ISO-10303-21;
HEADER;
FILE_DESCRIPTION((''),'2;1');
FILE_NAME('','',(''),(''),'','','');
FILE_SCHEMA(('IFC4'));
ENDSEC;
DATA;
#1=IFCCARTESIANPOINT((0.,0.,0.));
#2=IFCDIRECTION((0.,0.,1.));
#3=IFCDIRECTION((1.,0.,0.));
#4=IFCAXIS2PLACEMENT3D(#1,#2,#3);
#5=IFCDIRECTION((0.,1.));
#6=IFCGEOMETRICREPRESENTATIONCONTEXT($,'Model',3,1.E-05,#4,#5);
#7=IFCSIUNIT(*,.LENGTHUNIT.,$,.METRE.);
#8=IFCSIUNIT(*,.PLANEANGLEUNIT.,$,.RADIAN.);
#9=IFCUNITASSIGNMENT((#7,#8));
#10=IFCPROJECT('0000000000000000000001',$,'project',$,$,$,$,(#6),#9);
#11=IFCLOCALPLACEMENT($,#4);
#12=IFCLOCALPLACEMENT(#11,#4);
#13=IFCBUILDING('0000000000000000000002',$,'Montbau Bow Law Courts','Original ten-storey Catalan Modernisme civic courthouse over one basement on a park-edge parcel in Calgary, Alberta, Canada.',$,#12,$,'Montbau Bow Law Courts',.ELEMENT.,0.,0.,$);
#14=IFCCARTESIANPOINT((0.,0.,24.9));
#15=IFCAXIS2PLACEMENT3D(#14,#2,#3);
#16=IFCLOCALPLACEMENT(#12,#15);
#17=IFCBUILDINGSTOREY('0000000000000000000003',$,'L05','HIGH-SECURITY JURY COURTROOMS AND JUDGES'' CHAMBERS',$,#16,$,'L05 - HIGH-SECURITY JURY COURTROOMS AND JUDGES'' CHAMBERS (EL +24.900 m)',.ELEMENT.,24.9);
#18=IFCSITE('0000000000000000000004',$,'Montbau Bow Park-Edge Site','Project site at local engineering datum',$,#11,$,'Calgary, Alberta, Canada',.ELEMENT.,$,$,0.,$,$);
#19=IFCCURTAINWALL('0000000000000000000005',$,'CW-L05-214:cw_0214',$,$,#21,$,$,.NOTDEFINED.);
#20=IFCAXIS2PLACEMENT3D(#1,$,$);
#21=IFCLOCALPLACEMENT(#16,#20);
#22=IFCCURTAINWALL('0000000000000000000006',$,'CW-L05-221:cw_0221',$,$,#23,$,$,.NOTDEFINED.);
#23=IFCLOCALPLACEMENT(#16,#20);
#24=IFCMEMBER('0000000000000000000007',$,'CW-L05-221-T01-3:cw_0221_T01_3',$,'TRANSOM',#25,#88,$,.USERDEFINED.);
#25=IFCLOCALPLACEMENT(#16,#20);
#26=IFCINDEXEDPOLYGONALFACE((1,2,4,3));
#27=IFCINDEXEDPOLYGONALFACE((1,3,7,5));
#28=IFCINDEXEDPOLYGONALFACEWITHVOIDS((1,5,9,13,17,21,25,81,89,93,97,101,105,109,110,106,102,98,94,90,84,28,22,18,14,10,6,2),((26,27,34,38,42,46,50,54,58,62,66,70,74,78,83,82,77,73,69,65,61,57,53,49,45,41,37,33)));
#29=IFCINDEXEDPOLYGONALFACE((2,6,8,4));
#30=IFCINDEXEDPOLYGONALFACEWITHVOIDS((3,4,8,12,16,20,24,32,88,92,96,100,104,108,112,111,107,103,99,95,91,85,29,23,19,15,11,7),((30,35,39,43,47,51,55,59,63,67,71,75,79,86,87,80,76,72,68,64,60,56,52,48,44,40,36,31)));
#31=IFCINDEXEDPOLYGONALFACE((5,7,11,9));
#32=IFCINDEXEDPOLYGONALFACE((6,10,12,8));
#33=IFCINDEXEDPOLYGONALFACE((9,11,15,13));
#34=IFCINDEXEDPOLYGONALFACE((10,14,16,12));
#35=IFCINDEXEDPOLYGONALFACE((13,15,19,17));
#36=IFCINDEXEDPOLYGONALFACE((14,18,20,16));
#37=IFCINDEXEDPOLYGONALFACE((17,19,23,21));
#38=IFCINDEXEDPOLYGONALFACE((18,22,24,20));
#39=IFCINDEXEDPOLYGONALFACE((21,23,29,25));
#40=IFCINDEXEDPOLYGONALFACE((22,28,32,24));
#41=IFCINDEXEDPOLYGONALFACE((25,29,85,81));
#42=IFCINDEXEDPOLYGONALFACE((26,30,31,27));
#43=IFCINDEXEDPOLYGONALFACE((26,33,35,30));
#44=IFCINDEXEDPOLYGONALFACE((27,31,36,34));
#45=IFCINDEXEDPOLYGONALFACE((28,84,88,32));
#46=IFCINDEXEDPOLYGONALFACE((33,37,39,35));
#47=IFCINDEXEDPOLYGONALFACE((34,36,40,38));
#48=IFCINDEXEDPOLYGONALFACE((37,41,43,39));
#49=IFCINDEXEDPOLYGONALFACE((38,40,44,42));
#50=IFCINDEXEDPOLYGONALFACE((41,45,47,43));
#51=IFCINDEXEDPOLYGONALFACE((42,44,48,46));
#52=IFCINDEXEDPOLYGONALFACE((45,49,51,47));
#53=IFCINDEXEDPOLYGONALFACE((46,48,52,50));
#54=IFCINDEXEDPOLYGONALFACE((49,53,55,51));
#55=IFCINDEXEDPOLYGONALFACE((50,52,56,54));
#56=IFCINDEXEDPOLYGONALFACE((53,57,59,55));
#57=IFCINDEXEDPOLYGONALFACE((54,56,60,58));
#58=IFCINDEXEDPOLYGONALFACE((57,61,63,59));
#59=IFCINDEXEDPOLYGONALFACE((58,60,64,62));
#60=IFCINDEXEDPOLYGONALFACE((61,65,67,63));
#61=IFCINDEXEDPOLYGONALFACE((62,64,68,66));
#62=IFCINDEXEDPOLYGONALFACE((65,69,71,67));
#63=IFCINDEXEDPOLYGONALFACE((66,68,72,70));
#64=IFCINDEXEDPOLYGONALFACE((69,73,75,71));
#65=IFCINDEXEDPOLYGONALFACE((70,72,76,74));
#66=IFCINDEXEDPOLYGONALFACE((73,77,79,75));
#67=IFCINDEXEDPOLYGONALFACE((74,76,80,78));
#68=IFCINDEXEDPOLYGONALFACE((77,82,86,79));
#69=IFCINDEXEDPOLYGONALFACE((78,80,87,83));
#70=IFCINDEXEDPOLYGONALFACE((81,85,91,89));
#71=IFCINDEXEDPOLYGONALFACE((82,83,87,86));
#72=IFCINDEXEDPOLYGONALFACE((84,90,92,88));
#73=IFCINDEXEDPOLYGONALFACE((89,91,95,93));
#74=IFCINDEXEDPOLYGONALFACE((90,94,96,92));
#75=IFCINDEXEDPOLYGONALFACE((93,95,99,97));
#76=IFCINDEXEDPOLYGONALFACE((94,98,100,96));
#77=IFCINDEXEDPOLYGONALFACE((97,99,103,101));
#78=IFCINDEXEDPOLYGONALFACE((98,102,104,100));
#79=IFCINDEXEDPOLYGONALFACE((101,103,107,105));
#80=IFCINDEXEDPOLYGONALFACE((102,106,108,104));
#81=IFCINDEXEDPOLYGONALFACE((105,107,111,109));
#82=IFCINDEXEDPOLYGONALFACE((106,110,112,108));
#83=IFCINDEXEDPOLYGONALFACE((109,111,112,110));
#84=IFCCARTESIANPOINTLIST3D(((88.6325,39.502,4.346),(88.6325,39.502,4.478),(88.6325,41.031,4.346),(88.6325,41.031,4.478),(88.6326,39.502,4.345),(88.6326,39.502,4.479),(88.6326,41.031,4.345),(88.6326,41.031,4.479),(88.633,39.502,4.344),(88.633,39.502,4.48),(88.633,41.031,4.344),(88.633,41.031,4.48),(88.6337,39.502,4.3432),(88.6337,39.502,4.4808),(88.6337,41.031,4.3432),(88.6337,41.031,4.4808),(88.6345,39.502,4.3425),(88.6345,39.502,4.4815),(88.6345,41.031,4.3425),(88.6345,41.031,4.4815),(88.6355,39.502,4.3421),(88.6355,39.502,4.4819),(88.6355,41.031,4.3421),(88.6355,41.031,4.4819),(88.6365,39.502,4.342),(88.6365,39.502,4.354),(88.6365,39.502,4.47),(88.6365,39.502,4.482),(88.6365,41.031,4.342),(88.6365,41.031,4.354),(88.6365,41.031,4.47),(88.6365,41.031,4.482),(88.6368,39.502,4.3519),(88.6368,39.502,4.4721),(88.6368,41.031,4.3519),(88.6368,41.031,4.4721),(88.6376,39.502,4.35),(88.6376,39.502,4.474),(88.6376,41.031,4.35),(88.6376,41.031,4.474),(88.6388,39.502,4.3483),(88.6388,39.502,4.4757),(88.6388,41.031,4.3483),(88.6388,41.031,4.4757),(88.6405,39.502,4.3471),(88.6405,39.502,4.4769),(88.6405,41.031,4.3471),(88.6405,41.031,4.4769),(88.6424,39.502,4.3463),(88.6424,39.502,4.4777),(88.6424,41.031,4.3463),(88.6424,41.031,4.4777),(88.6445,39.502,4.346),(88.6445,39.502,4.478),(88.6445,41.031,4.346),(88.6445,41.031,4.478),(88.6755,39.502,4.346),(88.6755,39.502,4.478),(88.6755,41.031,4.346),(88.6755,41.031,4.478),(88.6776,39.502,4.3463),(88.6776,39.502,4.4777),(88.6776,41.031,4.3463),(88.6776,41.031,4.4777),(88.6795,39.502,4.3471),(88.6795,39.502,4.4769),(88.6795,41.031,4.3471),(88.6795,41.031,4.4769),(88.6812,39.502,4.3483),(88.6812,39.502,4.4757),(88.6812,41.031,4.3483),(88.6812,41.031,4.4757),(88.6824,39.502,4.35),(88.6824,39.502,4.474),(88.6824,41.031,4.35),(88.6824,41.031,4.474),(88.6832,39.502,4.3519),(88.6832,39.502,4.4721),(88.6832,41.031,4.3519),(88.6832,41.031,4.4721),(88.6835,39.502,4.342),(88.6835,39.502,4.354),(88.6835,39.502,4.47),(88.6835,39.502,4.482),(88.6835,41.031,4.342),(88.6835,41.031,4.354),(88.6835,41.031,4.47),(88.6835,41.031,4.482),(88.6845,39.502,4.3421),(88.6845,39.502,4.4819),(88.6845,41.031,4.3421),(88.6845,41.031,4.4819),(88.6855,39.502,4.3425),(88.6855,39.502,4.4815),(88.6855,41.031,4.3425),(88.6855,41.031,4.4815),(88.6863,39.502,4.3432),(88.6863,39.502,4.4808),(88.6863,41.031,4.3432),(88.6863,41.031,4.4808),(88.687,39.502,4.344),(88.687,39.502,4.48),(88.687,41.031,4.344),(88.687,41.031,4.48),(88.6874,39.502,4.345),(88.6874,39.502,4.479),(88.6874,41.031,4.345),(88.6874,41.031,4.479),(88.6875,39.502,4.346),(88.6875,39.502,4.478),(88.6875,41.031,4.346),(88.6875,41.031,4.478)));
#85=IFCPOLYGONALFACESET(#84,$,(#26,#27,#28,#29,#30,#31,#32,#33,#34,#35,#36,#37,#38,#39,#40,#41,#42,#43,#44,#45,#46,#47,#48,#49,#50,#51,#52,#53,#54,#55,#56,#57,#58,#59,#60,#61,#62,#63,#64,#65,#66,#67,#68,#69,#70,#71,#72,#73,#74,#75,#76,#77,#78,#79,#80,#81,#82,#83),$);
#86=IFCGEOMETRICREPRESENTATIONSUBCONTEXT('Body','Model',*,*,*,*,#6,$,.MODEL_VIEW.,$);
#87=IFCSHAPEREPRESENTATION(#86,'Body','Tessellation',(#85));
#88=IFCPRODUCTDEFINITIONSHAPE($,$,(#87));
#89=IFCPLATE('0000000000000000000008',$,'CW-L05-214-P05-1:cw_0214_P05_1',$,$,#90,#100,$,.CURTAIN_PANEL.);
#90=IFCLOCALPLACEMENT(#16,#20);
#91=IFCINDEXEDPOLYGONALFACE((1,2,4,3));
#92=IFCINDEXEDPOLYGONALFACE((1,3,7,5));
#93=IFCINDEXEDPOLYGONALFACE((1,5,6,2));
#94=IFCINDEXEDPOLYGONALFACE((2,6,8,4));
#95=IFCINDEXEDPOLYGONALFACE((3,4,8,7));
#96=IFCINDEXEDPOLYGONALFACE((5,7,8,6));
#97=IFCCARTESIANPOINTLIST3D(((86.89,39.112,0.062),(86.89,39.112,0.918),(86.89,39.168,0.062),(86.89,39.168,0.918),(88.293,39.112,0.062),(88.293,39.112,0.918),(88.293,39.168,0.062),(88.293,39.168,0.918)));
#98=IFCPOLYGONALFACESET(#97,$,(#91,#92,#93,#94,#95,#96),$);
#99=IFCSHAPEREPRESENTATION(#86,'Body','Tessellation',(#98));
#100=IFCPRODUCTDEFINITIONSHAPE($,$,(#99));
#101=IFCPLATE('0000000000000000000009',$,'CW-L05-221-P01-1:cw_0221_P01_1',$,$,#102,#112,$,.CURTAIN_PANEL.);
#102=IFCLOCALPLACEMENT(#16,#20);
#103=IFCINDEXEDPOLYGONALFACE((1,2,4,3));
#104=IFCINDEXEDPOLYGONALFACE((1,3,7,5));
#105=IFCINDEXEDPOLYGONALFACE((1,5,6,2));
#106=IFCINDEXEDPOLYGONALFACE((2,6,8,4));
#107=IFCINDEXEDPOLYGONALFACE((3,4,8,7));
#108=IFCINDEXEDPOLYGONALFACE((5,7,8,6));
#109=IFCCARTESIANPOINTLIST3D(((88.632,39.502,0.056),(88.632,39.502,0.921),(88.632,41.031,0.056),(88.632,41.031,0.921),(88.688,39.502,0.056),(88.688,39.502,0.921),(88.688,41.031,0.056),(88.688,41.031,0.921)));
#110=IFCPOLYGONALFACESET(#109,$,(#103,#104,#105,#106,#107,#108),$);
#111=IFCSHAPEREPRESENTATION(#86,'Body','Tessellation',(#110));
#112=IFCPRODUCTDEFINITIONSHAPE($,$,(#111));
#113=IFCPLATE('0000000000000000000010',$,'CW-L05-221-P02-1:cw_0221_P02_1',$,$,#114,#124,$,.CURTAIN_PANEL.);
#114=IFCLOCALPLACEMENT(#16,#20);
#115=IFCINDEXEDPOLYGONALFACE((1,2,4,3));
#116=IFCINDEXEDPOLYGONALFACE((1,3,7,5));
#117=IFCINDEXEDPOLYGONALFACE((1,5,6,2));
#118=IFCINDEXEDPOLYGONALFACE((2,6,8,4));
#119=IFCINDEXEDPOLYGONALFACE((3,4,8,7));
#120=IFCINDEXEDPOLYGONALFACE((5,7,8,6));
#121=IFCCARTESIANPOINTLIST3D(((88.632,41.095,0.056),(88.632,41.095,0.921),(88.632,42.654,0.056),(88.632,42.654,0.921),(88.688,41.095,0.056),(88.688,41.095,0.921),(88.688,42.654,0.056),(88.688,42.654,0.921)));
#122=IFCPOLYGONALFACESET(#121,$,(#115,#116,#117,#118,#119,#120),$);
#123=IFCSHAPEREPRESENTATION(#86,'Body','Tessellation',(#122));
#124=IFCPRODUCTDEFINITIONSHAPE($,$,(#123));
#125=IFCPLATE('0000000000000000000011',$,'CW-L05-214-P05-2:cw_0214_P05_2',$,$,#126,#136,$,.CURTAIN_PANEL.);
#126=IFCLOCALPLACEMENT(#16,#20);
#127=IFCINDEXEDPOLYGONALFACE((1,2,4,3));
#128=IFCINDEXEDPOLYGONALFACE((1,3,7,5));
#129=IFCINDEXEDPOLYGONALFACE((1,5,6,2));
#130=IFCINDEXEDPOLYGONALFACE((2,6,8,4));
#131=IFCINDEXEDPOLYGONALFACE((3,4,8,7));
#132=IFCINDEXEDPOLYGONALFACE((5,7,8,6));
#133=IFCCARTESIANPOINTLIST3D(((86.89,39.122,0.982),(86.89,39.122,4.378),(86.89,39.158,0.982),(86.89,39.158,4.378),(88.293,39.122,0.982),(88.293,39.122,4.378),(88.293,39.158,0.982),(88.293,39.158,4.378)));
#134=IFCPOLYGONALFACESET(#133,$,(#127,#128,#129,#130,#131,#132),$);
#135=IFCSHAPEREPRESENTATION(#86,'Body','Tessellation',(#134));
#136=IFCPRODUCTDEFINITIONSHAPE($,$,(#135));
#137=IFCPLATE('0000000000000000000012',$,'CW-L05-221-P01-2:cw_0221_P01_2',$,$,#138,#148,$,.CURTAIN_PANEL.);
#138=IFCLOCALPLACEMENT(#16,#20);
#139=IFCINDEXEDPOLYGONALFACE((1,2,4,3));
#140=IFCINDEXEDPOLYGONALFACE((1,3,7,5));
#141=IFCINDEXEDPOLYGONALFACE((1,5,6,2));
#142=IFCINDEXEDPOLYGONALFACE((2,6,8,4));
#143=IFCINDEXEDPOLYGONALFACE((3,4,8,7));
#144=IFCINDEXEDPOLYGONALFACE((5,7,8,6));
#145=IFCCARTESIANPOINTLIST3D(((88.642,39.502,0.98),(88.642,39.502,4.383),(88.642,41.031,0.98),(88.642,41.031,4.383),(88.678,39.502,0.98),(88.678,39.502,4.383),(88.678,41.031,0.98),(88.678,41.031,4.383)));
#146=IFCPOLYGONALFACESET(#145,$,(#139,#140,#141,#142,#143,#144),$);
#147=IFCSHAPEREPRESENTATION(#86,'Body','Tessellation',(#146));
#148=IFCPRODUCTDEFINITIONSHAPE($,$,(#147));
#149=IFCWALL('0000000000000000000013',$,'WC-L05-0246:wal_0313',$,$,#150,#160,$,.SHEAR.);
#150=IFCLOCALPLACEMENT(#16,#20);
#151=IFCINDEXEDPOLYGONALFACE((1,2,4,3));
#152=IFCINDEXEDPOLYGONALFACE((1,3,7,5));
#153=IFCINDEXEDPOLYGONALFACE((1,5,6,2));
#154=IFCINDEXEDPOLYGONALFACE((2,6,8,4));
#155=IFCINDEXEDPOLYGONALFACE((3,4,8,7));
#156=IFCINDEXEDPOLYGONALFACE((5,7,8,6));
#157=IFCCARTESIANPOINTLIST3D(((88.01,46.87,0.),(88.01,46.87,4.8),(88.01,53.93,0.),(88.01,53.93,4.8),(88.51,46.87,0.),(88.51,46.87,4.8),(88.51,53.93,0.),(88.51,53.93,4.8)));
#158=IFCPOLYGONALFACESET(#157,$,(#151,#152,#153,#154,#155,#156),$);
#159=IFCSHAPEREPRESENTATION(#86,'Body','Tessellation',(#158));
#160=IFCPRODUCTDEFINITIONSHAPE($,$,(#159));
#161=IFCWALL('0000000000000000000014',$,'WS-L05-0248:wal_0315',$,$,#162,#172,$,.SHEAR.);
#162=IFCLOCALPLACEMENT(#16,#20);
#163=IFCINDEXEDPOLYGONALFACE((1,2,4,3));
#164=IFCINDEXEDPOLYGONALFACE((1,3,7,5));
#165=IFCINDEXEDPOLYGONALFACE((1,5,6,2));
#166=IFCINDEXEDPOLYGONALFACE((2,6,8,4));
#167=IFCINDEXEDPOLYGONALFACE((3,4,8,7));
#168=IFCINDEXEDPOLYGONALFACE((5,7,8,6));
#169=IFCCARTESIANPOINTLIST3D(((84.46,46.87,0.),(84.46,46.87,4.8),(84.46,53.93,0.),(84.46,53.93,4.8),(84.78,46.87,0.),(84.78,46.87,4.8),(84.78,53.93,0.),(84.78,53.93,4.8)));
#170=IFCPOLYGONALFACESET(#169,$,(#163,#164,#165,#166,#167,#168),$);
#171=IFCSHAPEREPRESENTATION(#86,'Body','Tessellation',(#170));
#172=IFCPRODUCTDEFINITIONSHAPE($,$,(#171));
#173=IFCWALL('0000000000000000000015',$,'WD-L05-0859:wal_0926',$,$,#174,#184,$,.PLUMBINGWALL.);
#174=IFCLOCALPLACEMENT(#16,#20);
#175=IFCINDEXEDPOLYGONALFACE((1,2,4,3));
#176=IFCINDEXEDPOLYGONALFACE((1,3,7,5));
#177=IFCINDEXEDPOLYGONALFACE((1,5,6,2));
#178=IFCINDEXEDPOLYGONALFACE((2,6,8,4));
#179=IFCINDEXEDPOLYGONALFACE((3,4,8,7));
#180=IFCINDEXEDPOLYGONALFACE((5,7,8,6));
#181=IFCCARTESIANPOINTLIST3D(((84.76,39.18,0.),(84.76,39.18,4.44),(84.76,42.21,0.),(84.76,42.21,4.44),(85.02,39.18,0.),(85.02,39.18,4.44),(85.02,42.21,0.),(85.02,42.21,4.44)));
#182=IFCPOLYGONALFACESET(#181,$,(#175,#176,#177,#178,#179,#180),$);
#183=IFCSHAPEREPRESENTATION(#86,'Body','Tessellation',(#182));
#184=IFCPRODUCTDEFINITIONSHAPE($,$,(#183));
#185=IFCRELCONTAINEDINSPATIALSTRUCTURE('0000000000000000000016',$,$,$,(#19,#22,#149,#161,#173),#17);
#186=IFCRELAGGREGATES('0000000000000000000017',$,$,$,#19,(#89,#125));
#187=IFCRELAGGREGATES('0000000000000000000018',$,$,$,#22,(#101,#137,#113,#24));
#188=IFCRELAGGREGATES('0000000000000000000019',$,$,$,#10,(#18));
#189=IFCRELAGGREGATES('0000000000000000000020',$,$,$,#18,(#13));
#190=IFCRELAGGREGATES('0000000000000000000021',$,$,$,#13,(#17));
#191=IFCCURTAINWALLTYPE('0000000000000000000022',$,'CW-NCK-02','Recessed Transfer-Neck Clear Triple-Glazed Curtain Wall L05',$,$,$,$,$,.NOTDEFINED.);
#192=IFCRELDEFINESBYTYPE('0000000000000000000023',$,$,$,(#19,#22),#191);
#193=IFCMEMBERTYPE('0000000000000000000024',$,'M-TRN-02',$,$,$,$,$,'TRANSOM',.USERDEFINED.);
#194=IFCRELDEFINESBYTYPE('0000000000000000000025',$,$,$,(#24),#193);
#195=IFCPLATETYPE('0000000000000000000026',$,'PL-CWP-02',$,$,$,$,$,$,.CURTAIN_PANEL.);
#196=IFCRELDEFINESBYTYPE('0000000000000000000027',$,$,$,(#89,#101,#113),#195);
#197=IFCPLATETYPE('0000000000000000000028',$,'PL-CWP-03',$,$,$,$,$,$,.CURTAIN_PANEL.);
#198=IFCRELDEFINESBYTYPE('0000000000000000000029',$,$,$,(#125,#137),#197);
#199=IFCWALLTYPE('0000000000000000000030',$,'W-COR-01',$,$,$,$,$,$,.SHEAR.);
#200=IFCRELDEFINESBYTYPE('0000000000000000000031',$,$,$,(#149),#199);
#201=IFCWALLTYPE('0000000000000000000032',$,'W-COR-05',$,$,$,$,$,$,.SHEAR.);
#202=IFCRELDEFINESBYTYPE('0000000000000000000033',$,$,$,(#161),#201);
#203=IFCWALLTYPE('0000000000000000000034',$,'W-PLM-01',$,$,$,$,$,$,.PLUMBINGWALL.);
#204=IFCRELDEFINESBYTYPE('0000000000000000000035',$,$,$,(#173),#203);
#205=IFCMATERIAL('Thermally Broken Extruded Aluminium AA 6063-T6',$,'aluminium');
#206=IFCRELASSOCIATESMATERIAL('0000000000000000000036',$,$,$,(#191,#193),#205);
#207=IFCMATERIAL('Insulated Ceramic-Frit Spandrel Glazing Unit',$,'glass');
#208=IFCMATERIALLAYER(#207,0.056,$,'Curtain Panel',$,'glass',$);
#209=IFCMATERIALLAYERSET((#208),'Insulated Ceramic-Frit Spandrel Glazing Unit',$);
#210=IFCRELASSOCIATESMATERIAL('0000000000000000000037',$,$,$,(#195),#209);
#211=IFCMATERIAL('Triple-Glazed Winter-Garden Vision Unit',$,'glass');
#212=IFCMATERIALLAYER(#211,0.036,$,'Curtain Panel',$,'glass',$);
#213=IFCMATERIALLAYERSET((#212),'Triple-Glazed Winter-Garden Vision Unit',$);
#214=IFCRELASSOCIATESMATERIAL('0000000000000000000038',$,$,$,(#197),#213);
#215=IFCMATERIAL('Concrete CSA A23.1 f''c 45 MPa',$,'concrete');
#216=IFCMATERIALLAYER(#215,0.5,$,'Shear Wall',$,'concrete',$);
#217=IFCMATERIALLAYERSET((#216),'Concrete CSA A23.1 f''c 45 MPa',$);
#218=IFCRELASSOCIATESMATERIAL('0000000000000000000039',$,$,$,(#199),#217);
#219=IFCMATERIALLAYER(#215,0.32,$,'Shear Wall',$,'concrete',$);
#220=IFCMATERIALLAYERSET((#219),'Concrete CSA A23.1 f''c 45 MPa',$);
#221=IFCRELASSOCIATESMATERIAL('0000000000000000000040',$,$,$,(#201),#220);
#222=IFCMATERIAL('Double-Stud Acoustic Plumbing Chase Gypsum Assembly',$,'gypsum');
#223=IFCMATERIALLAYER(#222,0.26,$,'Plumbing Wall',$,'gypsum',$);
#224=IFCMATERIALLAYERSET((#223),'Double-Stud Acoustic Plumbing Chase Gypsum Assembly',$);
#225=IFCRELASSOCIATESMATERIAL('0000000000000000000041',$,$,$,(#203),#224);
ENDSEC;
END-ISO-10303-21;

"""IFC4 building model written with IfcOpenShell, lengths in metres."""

from ifc_helpers import new_model, si_unit, direction, frame, frame_2d, origin_with_axes, origin_2d_with_axis, place, context, subcontext, project, spatial, rectangle, hollow_rectangle, extrude, material, layer, layer_set, material_profile, profile_set, type_object, element, aggregate, save


model = new_model("IFC4")

# Units and contexts
model_context = context("Model", 3, precision=1e-05, world=origin_with_axes(), true_north=direction((0.0, 1.0)))
body_context = subcontext(model_context, "Body", "Model", "MODEL_VIEW")
ifc_project = project(units=[si_unit("LENGTHUNIT", "METRE"), si_unit("PLANEANGLEUNIT", "RADIAN")], contexts=[model_context])

# Site, building, storey
site_placement = place(None, origin_with_axes())
site = spatial("IfcSite", under=ifc_project, at=site_placement, Name="Montbau Bow Park-Edge Site", Description="Project site at local engineering datum", LongName="Calgary, Alberta, Canada", CompositionType="ELEMENT", RefElevation=0.0)
building_placement = place(site_placement, origin_with_axes())
building = spatial("IfcBuilding", under=site, at=building_placement, Name="Montbau Bow Law Courts", Description="Original ten-storey Catalan Modernisme civic courthouse over one basement on a park-edge parcel in Calgary, Alberta, Canada.", LongName="Montbau Bow Law Courts", CompositionType="ELEMENT", ElevationOfRefHeight=0.0, ElevationOfTerrain=0.0)
storey_placement = place(building_placement, frame((0.0, 0.0, 24.9), z_axis=(0.0, 0.0, 1.0), x_axis=(1.0, 0.0, 0.0)))
storey = spatial("IfcBuildingStorey", under=building, at=storey_placement, Name="L05", Description="HIGH-SECURITY JURY COURTROOMS AND JUDGES' CHAMBERS", LongName="L05 - HIGH-SECURITY JURY COURTROOMS AND JUDGES' CHAMBERS (EL +24.900 m)", CompositionType="ELEMENT", Elevation=24.9)

# Curtain wall
ifc_material_1 = material(Name="Thermally Broken Extruded Aluminium AA 6063-T6", Category="aluminium")
curtain_wall_type = type_object("IfcCurtainWallType", Name="CW-NCK-02", Description="Recessed Transfer-Neck Clear Triple-Glazed Curtain Wall L05", PredefinedType="NOTDEFINED", material=ifc_material_1)
curtain_wall_1_placement = place(None, frame((80.84, 39.14, 24.9), z_axis=(0.0, 0.0, 1.0), x_axis=(1.0, 0.0, 0.0)))
curtain_wall_1 = element("IfcCurtainWall", 1, at=curtain_wall_1_placement, inside=storey, type_object=curtain_wall_type, Name="CW-L05-214:cw_0214", PredefinedType="NOTDEFINED")

# Curtain wall
curtain_wall_2_placement = place(None, frame((88.66, 39.44, 24.9), z_axis=(0.0, 0.0, 1.0), x_axis=(1.0, 0.0, 0.0)))
curtain_wall_2 = element("IfcCurtainWall", 2, at=curtain_wall_2_placement, inside=storey, type_object=curtain_wall_type, Name="CW-L05-221:cw_0221", PredefinedType="NOTDEFINED")

# Member
ifc_material_profile_1 = material_profile(ifc_material_1, hollow_rectangle(XDim=0.055, YDim=0.14, WallThickness=0.004, InnerFilletRadius=0.008, OuterFilletRadius=0.004, at=origin_2d_with_axis()), Name="CWT-140X55", Category="Main", Priority=0)
ifc_profile_set_1 = profile_set([ifc_material_profile_1], Name="Thermally Broken Extruded Aluminium AA 6063-T6")
member_type_1 = type_object("IfcMemberType", Name="M-TRN-02", ElementType="TRANSOM", PredefinedType="USERDEFINED", material=ifc_profile_set_1)
member_1_placement = place(None, frame((88.66, 39.502, 29.312), z_axis=(0.0, 1.0, 0.0), x_axis=(-1.0, 0.0, 0.0)))
member_1 = element("IfcMember", 3, at=member_1_placement, type_object=member_type_1, Name="CW-L05-221-T01-3:cw_0221_T01_3", ObjectType="TRANSOM", PredefinedType="USERDEFINED", context=body_context, shape_type="SweptSolid", body=[
    extrude(hollow_rectangle(XDim=0.055, YDim=0.14, WallThickness=0.004, InnerFilletRadius=0.008, OuterFilletRadius=0.004, at=origin_2d_with_axis()), origin_with_axes(), (0.0, 0.0, 1.0), 1.529),
])

# Plates
ifc_material_2 = material(Name="Insulated Ceramic-Frit Spandrel Glazing Unit", Category="glass")
ifc_layer_1 = layer(ifc_material_2, 0.056, Name="Curtain Panel", Category="glass")
ifc_layer_set_1 = layer_set([ifc_layer_1], Name="Insulated Ceramic-Frit Spandrel Glazing Unit")
plate_type_1 = type_object("IfcPlateType", Name="PL-CWP-02", PredefinedType="CURTAIN_PANEL", material=ifc_layer_set_1)
plate_1_placement = place(None, frame((86.89, 39.14, 24.962), z_axis=(0.0, -1.0, 0.0), x_axis=(1.0, 0.0, 0.0)))
plate_1 = element("IfcPlate", 4, at=plate_1_placement, type_object=plate_type_1, Name="CW-L05-214-P05-1:cw_0214_P05_1", PredefinedType="CURTAIN_PANEL", context=body_context, shape_type="SweptSolid", body=[
    extrude(rectangle(XDim=1.403, YDim=0.856, at=frame_2d((0.7015, 0.428), x_axis=(1.0, 0.0))), frame((0.0, 0.0, -0.028), z_axis=(0.0, 0.0, 1.0), x_axis=(1.0, 0.0, 0.0)), (0.0, 0.0, 1.0), 0.056),
])
plate_2_placement = place(None, frame((88.66, 39.502, 24.956), z_axis=(1.0, 0.0, 0.0), x_axis=(0.0, 1.0, 0.0)))
plate_2 = element("IfcPlate", 5, at=plate_2_placement, type_object=plate_type_1, Name="CW-L05-221-P01-1:cw_0221_P01_1", PredefinedType="CURTAIN_PANEL", context=body_context, shape_type="SweptSolid", body=[
    extrude(rectangle(XDim=1.529, YDim=0.865, at=frame_2d((0.7645, 0.4325), x_axis=(1.0, 0.0))), frame((0.0, 0.0, -0.028), z_axis=(0.0, 0.0, 1.0), x_axis=(1.0, 0.0, 0.0)), (0.0, 0.0, 1.0), 0.056),
])
plate_3_placement = place(None, frame((88.66, 41.095, 24.956), z_axis=(1.0, 0.0, 0.0), x_axis=(0.0, 1.0, 0.0)))
plate_3 = element("IfcPlate", 6, at=plate_3_placement, type_object=plate_type_1, Name="CW-L05-221-P02-1:cw_0221_P02_1", PredefinedType="CURTAIN_PANEL", context=body_context, shape_type="SweptSolid", body=[
    extrude(rectangle(XDim=1.559, YDim=0.865, at=frame_2d((0.7795, 0.4325), x_axis=(1.0, 0.0))), frame((0.0, 0.0, -0.028), z_axis=(0.0, 0.0, 1.0), x_axis=(1.0, 0.0, 0.0)), (0.0, 0.0, 1.0), 0.056),
])
ifc_material_3 = material(Name="Triple-Glazed Winter-Garden Vision Unit", Category="glass")
ifc_layer_2 = layer(ifc_material_3, 0.036, Name="Curtain Panel", Category="glass")
ifc_layer_set_2 = layer_set([ifc_layer_2], Name="Triple-Glazed Winter-Garden Vision Unit")
plate_type_2 = type_object("IfcPlateType", Name="PL-CWP-03", PredefinedType="CURTAIN_PANEL", material=ifc_layer_set_2)
plate_4_placement = place(None, frame((86.89, 39.14, 25.882), z_axis=(0.0, -1.0, 0.0), x_axis=(1.0, 0.0, 0.0)))
plate_4 = element("IfcPlate", 7, at=plate_4_placement, type_object=plate_type_2, Name="CW-L05-214-P05-2:cw_0214_P05_2", PredefinedType="CURTAIN_PANEL", context=body_context, shape_type="SweptSolid", body=[
    extrude(rectangle(XDim=1.403, YDim=3.396, at=frame_2d((0.7015, 1.698), x_axis=(1.0, 0.0))), frame((0.0, 0.0, -0.018), z_axis=(0.0, 0.0, 1.0), x_axis=(1.0, 0.0, 0.0)), (0.0, 0.0, 1.0), 0.036),
])
aggregate(curtain_wall_1, [plate_1, plate_4])
plate_5_placement = place(None, frame((88.66, 39.502, 25.88), z_axis=(1.0, 0.0, 0.0), x_axis=(0.0, 1.0, 0.0)))
plate_5 = element("IfcPlate", 8, at=plate_5_placement, type_object=plate_type_2, Name="CW-L05-221-P01-2:cw_0221_P01_2", PredefinedType="CURTAIN_PANEL", context=body_context, shape_type="SweptSolid", body=[
    extrude(rectangle(XDim=1.529, YDim=3.403, at=frame_2d((0.7645, 1.7015), x_axis=(1.0, 0.0))), frame((0.0, 0.0, -0.018), z_axis=(0.0, 0.0, 1.0), x_axis=(1.0, 0.0, 0.0)), (0.0, 0.0, 1.0), 0.036),
])
aggregate(curtain_wall_2, [plate_2, plate_5, plate_3, member_1])

# Walls
ifc_material_4 = material(Name="Concrete CSA A23.1 f'c 45 MPa", Category="concrete")
ifc_layer_3 = layer(ifc_material_4, 0.5, Name="Shear Wall", Category="concrete")
ifc_layer_set_3 = layer_set([ifc_layer_3], Name="Concrete CSA A23.1 f'c 45 MPa")
wall_type_1 = type_object("IfcWallType", Name="W-COR-01", PredefinedType="SHEAR", material=ifc_layer_set_3)
wall_1_placement = place(None, frame((88.26, 46.87, 24.9), z_axis=(0.0, 0.0, 1.0), x_axis=(0.0, 1.0, 0.0)))
element("IfcWall", 9, at=wall_1_placement, inside=storey, type_object=wall_type_1, Name="WC-L05-0246:wal_0313", PredefinedType="SHEAR", context=body_context, shape_type="SweptSolid", body=[
    extrude(rectangle(XDim=7.06, YDim=0.5, at=frame_2d((3.53, 0.0), x_axis=(1.0, 0.0))), origin_with_axes(), (0.0, 0.0, 1.0), 4.8),
])
ifc_layer_4 = layer(ifc_material_4, 0.32, Name="Shear Wall", Category="concrete")
ifc_layer_set_4 = layer_set([ifc_layer_4], Name="Concrete CSA A23.1 f'c 45 MPa")
wall_type_2 = type_object("IfcWallType", Name="W-COR-05", PredefinedType="SHEAR", material=ifc_layer_set_4)
wall_2_placement = place(None, frame((84.62, 46.87, 24.9), z_axis=(0.0, 0.0, 1.0), x_axis=(0.0, 1.0, 0.0)))
element("IfcWall", 10, at=wall_2_placement, inside=storey, type_object=wall_type_2, Name="WS-L05-0248:wal_0315", PredefinedType="SHEAR", context=body_context, shape_type="SweptSolid", body=[
    extrude(rectangle(XDim=7.06, YDim=0.32, at=frame_2d((3.53, 0.0), x_axis=(1.0, 0.0))), origin_with_axes(), (0.0, 0.0, 1.0), 4.8),
])
ifc_material_5 = material(Name="Double-Stud Acoustic Plumbing Chase Gypsum Assembly", Category="gypsum")
ifc_layer_5 = layer(ifc_material_5, 0.26, Name="Plumbing Wall", Category="gypsum")
ifc_layer_set_5 = layer_set([ifc_layer_5], Name="Double-Stud Acoustic Plumbing Chase Gypsum Assembly")
wall_type_3 = type_object("IfcWallType", Name="W-PLM-01", PredefinedType="PLUMBINGWALL", material=ifc_layer_set_5)
wall_3_placement = place(None, frame((84.89, 39.18, 24.9), z_axis=(0.0, 0.0, 1.0), x_axis=(0.0, 1.0, 0.0)))
element("IfcWall", 11, at=wall_3_placement, inside=storey, type_object=wall_type_3, Name="WD-L05-0859:wal_0926", PredefinedType="PLUMBINGWALL", context=body_context, shape_type="SweptSolid", body=[
    extrude(rectangle(XDim=3.03, YDim=0.26, at=frame_2d((1.515, 0.0), x_axis=(1.0, 0.0))), origin_with_axes(), (0.0, 0.0, 1.0), 4.44),
])

save(model, "model.ifc")
